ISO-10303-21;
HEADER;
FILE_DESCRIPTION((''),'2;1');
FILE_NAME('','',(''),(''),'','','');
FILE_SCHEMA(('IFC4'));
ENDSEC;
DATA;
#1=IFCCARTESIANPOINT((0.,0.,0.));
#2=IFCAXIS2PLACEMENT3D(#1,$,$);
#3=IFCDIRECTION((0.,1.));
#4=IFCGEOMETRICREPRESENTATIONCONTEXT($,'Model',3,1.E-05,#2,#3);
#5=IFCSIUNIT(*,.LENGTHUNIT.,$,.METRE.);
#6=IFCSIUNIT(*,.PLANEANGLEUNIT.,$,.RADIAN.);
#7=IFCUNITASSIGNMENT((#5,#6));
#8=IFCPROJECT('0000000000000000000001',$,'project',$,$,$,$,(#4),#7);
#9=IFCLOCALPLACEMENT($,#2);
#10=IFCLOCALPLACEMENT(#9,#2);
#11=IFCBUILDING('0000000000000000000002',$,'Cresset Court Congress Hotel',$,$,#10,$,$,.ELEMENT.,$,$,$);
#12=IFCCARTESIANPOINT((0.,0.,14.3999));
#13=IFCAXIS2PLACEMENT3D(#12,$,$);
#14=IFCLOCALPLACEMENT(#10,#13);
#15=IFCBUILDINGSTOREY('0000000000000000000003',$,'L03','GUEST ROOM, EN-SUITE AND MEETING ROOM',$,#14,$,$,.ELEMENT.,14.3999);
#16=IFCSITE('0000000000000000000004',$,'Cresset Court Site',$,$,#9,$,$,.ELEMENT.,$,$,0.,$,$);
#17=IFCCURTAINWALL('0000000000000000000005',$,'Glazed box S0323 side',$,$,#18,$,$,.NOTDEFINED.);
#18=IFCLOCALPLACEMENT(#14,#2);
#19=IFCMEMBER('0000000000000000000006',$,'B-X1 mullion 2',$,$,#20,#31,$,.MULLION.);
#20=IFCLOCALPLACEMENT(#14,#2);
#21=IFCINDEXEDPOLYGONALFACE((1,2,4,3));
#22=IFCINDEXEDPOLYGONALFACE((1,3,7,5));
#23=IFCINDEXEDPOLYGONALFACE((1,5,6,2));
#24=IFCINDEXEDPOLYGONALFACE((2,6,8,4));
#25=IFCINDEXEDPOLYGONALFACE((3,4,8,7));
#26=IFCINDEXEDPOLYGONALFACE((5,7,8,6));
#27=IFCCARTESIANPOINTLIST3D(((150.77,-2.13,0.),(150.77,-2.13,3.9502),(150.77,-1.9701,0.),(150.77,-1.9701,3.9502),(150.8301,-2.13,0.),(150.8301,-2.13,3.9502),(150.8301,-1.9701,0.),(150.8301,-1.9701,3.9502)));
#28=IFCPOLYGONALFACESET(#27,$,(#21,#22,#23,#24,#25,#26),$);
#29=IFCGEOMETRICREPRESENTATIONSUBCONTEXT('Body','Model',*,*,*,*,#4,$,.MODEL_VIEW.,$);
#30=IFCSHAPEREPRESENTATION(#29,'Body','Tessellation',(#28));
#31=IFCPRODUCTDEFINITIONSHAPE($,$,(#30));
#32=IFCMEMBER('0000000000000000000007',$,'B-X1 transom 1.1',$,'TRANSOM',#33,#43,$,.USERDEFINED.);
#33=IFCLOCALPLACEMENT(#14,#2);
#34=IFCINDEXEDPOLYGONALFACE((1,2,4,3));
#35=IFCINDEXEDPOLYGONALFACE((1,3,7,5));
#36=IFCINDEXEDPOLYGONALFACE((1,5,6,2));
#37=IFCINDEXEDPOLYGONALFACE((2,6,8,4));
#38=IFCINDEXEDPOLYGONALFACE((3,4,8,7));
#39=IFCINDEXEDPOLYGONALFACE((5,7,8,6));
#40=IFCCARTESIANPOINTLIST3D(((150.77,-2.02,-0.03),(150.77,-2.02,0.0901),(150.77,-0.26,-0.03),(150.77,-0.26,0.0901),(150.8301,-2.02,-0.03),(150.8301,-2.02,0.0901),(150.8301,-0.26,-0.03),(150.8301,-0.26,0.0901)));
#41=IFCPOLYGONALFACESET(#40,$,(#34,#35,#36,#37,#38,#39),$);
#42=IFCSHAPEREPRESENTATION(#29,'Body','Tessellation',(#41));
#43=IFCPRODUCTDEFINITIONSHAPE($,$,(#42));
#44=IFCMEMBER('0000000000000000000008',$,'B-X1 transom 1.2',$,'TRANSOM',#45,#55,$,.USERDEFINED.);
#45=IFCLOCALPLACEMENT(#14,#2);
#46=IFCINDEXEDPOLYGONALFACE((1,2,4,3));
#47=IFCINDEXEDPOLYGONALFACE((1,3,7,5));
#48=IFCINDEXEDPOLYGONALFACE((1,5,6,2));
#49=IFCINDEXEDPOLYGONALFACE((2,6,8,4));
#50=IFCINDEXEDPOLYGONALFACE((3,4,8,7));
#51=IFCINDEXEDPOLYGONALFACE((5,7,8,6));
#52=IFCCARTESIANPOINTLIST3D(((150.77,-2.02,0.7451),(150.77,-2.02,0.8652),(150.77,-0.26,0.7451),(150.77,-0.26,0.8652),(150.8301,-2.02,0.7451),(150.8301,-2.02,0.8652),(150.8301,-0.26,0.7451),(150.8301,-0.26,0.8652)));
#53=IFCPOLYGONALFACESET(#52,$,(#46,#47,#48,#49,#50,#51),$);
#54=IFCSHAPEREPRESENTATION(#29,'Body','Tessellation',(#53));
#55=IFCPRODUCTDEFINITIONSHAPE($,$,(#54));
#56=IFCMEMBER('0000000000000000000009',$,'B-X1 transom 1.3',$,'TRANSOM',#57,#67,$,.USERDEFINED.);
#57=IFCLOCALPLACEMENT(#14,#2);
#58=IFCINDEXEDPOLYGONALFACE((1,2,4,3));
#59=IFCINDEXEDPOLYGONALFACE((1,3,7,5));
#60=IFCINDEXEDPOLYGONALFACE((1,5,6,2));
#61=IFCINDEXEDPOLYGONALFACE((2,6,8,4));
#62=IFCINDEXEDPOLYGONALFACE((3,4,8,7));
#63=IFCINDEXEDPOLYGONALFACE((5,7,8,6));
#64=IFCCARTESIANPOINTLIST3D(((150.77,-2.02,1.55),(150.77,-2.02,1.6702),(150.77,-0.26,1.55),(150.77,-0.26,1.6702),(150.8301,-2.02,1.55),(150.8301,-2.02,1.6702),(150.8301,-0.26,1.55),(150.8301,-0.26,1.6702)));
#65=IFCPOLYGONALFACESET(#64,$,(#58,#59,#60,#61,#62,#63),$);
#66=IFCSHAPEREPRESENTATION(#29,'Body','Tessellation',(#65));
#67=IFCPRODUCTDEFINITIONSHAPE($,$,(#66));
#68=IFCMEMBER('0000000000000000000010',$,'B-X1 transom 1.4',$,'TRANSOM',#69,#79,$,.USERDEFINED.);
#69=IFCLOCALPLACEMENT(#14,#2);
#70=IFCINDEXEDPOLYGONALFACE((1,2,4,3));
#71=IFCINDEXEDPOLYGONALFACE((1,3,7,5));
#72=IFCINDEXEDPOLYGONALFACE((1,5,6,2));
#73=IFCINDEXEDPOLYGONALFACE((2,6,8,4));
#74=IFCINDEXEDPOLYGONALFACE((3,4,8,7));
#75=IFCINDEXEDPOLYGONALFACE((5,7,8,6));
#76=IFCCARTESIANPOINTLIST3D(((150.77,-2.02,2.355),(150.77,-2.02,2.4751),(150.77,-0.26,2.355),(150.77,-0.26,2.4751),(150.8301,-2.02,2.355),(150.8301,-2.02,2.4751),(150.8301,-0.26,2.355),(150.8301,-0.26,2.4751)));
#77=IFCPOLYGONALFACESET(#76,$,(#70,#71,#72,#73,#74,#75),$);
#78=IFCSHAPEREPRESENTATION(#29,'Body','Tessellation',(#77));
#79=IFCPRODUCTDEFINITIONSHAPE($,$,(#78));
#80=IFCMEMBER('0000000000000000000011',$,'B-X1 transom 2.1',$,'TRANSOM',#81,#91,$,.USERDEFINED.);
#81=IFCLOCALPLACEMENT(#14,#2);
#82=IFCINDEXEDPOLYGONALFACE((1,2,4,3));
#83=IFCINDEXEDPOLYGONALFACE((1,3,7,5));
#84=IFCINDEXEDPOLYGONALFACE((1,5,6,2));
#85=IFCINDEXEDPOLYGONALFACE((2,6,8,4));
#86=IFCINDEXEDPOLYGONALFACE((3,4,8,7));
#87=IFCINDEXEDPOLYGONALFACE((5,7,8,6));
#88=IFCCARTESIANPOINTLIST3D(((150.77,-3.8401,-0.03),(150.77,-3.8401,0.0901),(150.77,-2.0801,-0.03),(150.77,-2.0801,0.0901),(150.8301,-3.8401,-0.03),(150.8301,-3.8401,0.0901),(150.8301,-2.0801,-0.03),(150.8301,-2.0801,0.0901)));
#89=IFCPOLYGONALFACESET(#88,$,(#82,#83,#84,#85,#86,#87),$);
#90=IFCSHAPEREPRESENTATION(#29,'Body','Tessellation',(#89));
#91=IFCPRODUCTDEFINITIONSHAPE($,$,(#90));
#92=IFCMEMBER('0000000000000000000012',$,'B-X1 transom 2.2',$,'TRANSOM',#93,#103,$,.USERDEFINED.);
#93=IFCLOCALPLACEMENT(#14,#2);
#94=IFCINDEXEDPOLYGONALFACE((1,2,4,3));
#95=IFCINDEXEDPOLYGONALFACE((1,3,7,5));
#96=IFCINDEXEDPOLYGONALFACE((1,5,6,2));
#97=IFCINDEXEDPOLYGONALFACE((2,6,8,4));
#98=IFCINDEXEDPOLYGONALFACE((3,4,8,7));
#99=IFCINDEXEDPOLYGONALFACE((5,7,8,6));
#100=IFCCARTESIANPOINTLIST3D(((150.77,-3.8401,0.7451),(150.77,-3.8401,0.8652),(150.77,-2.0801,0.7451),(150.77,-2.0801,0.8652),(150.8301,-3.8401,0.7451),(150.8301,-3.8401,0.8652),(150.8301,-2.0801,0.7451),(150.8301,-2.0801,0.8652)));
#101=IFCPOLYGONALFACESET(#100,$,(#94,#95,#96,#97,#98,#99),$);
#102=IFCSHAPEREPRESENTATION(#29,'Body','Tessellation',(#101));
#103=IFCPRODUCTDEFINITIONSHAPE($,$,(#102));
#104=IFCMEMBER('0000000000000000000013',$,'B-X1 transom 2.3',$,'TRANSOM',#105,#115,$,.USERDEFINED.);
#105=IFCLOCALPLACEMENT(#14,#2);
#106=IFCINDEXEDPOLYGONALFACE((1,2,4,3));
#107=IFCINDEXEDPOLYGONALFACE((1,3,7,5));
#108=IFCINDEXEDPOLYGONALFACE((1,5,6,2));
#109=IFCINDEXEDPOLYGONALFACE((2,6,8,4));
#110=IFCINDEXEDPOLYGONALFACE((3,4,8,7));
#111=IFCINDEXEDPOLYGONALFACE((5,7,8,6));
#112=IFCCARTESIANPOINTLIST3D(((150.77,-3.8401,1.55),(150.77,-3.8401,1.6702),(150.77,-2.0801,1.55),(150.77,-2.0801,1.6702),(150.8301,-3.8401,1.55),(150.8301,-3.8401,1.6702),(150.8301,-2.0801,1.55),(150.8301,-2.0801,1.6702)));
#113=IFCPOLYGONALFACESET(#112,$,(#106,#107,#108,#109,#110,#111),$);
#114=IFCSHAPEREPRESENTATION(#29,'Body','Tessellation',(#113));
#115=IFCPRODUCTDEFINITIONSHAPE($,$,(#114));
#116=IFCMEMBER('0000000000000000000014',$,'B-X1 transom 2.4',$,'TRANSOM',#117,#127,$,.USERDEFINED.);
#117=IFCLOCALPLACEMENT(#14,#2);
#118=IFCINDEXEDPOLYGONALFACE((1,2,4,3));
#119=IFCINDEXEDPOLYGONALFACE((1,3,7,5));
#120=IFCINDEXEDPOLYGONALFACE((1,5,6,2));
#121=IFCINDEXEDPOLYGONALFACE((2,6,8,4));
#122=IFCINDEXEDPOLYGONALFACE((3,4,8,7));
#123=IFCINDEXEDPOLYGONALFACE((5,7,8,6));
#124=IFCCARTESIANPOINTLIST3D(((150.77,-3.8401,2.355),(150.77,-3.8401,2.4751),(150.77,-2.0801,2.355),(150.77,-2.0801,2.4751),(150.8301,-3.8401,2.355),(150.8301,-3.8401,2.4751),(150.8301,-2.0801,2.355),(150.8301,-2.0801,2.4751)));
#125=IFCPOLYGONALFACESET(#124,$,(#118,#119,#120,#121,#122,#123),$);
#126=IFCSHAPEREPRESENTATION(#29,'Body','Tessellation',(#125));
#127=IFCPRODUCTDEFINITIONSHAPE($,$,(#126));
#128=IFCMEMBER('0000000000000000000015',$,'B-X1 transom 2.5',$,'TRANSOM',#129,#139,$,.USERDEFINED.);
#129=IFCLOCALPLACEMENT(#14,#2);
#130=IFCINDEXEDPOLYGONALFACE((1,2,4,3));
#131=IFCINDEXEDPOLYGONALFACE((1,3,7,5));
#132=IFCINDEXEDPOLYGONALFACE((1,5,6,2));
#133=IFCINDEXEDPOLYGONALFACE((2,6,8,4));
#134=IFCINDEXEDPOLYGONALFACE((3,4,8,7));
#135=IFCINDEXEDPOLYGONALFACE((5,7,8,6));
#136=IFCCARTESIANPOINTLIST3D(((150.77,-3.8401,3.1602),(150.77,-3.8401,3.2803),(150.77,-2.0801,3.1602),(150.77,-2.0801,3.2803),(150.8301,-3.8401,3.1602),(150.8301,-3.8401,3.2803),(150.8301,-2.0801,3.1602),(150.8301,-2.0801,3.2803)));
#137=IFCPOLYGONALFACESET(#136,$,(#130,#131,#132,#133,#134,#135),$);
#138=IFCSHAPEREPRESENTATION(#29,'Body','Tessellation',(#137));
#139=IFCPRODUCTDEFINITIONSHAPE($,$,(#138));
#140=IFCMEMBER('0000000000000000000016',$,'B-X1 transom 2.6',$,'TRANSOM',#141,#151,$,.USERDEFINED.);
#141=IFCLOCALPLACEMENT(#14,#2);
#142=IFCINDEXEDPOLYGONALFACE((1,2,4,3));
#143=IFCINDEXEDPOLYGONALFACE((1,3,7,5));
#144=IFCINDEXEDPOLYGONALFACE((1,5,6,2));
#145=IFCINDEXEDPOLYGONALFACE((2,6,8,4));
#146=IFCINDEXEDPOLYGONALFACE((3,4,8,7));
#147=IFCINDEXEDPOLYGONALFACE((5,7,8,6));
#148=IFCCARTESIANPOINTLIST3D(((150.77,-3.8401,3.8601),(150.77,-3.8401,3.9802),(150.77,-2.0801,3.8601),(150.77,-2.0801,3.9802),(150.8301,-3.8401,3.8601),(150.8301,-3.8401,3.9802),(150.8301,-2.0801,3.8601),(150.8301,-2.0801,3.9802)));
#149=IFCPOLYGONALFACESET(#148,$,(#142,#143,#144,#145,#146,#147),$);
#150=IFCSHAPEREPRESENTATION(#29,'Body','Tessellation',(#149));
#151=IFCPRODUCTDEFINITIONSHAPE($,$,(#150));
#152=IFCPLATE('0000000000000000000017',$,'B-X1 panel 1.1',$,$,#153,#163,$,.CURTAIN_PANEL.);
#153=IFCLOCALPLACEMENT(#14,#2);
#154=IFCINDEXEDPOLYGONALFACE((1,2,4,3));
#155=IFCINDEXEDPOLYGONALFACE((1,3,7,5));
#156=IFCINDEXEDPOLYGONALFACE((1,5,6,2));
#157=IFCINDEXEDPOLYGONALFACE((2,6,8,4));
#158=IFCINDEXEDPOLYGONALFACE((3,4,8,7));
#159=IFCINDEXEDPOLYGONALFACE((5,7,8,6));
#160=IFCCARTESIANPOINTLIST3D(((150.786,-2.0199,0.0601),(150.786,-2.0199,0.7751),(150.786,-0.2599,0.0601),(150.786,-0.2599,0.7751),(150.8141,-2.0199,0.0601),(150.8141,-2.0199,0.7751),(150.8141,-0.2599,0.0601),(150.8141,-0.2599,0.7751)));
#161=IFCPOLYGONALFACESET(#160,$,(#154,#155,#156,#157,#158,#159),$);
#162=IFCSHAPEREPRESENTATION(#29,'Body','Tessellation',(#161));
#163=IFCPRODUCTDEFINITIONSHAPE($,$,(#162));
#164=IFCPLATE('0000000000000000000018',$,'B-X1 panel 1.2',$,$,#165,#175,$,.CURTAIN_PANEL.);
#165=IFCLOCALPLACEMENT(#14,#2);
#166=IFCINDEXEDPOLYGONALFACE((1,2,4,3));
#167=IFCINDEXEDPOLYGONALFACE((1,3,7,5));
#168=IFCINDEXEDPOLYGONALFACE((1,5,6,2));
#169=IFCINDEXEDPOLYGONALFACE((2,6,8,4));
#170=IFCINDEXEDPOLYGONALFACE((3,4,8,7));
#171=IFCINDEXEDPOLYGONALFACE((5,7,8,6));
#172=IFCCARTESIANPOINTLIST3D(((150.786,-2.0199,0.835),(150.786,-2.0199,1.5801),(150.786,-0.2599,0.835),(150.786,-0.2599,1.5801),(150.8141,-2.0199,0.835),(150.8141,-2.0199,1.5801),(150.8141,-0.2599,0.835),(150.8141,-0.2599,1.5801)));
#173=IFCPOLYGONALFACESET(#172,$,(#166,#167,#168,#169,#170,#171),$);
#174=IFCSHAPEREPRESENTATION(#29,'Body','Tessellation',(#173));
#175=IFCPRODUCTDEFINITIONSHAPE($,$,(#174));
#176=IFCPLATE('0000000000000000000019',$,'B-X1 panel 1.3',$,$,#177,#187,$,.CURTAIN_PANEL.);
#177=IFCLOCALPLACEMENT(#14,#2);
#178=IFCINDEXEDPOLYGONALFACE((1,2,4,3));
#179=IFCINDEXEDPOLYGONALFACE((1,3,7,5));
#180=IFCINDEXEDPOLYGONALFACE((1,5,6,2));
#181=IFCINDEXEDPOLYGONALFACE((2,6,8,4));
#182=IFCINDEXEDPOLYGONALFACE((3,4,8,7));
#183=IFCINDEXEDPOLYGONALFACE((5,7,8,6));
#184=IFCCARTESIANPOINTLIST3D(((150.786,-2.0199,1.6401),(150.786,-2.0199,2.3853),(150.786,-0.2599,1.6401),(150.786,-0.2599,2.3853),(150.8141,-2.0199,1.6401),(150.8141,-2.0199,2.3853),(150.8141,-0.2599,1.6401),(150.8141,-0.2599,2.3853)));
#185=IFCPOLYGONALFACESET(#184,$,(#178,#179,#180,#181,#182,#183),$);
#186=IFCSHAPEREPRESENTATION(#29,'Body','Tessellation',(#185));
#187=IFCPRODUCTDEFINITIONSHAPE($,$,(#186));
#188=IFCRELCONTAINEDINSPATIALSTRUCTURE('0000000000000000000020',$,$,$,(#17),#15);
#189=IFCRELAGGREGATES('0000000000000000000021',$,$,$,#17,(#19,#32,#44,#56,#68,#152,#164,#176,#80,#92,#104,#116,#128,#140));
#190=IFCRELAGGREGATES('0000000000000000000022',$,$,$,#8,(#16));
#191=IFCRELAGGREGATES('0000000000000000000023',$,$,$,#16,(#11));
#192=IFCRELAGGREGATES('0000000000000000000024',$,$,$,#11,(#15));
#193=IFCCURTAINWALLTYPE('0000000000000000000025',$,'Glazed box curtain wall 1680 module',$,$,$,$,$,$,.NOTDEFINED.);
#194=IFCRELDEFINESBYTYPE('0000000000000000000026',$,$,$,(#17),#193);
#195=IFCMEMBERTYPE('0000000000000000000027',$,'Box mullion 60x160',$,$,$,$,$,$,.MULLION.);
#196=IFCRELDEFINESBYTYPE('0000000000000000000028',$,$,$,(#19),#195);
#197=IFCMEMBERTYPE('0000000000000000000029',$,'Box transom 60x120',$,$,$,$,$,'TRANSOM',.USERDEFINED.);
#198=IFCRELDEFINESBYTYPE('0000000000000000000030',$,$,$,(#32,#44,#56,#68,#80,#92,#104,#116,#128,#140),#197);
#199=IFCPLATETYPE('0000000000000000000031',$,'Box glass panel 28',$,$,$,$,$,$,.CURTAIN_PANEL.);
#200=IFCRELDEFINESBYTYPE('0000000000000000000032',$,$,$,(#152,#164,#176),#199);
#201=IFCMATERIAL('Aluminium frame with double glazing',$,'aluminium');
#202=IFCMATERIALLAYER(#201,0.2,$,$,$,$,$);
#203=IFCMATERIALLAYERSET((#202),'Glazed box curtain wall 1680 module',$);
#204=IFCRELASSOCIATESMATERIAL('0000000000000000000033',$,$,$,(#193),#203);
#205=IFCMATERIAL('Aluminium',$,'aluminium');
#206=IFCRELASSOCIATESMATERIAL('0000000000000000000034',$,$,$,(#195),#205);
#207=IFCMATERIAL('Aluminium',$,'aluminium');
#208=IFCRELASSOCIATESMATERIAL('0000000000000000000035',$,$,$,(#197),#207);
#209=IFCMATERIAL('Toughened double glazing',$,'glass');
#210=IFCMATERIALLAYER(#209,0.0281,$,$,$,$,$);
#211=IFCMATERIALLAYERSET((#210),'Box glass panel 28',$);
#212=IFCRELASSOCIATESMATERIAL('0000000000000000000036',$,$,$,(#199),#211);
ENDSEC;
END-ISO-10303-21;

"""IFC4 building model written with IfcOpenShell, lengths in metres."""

from ifc_helpers import new_model, si_unit, direction, frame, origin, origin_2d, place, context, subcontext, project, spatial, rectangle, extrude, material, layer, layer_set, material_profile, profile_set, type_object, element, aggregate, save


model = new_model("IFC4")

# Units and contexts
model_context = context("Model", 3, precision=1e-05, world=origin(), true_north=direction((0.0, 1.0)))
body_context = subcontext(model_context, "Body", "Model", "MODEL_VIEW")
ifc_project = project(units=[si_unit("LENGTHUNIT", "METRE"), si_unit("PLANEANGLEUNIT", "RADIAN")], contexts=[model_context])

# Site, building, storey
site_placement = place(None, origin())
site = spatial("IfcSite", under=ifc_project, at=site_placement, Name="Cresset Court Site", CompositionType="ELEMENT", RefElevation=0.0)
building_placement = place(site_placement, origin())
building = spatial("IfcBuilding", under=site, at=building_placement, Name="Cresset Court Congress Hotel", CompositionType="ELEMENT")
storey_placement = place(building_placement, frame((0.0, 0.0, 14.3999)))
storey = spatial("IfcBuildingStorey", under=building, at=storey_placement, Name="L03", Description="GUEST ROOM, EN-SUITE AND MEETING ROOM", CompositionType="ELEMENT", Elevation=14.3999)

# Curtain wall, members, plates
ifc_material_1 = material(Name="Aluminium frame with double glazing", Category="aluminium")
ifc_layer_1 = layer(ifc_material_1, 0.2)
ifc_layer_set_1 = layer_set([ifc_layer_1], Name="Glazed box curtain wall 1680 module")
curtain_wall_type = type_object("IfcCurtainWallType", Name="Glazed box curtain wall 1680 module", PredefinedType="NOTDEFINED", material=ifc_layer_set_1)
curtain_wall_placement = place(storey_placement, origin())
curtain_wall = element("IfcCurtainWall", 1, at=curtain_wall_placement, inside=storey, type_object=curtain_wall_type, Name="Glazed box S0323 side", PredefinedType="NOTDEFINED")
ifc_material_2 = material(Name="Aluminium", Category="aluminium")
ifc_material_profile_1 = material_profile(ifc_material_2, rectangle(XDim=0.0601, YDim=0.1599, at=origin_2d()), Name="Box mullion 60x160")
ifc_profile_set_1 = profile_set([ifc_material_profile_1], Name="Aluminium")
member_type_1 = type_object("IfcMemberType", Name="Box mullion 60x160", PredefinedType="MULLION", material=ifc_profile_set_1)
member_1_placement = place(storey_placement, frame((150.8, -2.05, 0.0), z_axis=(0.0, 0.0, 1.0), x_axis=(1.0, 0.0, 0.0)))
member_1 = element("IfcMember", 2, at=member_1_placement, type_object=member_type_1, Name="B-X1 mullion 2", PredefinedType="MULLION", context=body_context, shape_type="SweptSolid", body=[
    extrude(rectangle(XDim=0.0601, YDim=0.1599, at=origin_2d()), origin(), (0.0, 0.0, 1.0), 3.9502),
])
ifc_material_3 = material(Name="Aluminium", Category="aluminium")
ifc_material_profile_2 = material_profile(ifc_material_3, rectangle(XDim=0.0601, YDim=0.1201, at=origin_2d()), Name="Box transom 60x120")
ifc_profile_set_2 = profile_set([ifc_material_profile_2], Name="Aluminium")
member_type_2 = type_object("IfcMemberType", Name="Box transom 60x120", ElementType="TRANSOM", PredefinedType="USERDEFINED", material=ifc_profile_set_2)
member_2_placement = place(storey_placement, frame((150.8, -0.26, 0.03), z_axis=(0.0, -1.0, 0.0), x_axis=(1.0, 0.0, 0.0)))
member_2 = element("IfcMember", 3, at=member_2_placement, type_object=member_type_2, Name="B-X1 transom 1.1", ObjectType="TRANSOM", PredefinedType="USERDEFINED", context=body_context, shape_type="SweptSolid", body=[
    extrude(rectangle(XDim=0.0601, YDim=0.1201, at=origin_2d()), origin(), (0.0, 0.0, 1.0), 1.76),
])
member_3_placement = place(storey_placement, frame((150.8, -0.26, 0.8052), z_axis=(0.0, -1.0, 0.0), x_axis=(1.0, 0.0, 0.0)))
member_3 = element("IfcMember", 4, at=member_3_placement, type_object=member_type_2, Name="B-X1 transom 1.2", ObjectType="TRANSOM", PredefinedType="USERDEFINED", context=body_context, shape_type="SweptSolid", body=[
    extrude(rectangle(XDim=0.0601, YDim=0.1201, at=origin_2d()), origin(), (0.0, 0.0, 1.0), 1.76),
])
member_4_placement = place(storey_placement, frame((150.8, -0.26, 1.6101), z_axis=(0.0, -1.0, 0.0), x_axis=(1.0, 0.0, 0.0)))
member_4 = element("IfcMember", 5, at=member_4_placement, type_object=member_type_2, Name="B-X1 transom 1.3", ObjectType="TRANSOM", PredefinedType="USERDEFINED", context=body_context, shape_type="SweptSolid", body=[
    extrude(rectangle(XDim=0.0601, YDim=0.1201, at=origin_2d()), origin(), (0.0, 0.0, 1.0), 1.76),
])
member_5_placement = place(storey_placement, frame((150.8, -0.26, 2.415), z_axis=(0.0, -1.0, 0.0), x_axis=(1.0, 0.0, 0.0)))
member_5 = element("IfcMember", 6, at=member_5_placement, type_object=member_type_2, Name="B-X1 transom 1.4", ObjectType="TRANSOM", PredefinedType="USERDEFINED", context=body_context, shape_type="SweptSolid", body=[
    extrude(rectangle(XDim=0.0601, YDim=0.1201, at=origin_2d()), origin(), (0.0, 0.0, 1.0), 1.76),
])
member_6_placement = place(storey_placement, frame((150.8, -2.0801, 0.03), z_axis=(0.0, -1.0, 0.0), x_axis=(1.0, 0.0, 0.0)))
member_6 = element("IfcMember", 7, at=member_6_placement, type_object=member_type_2, Name="B-X1 transom 2.1", ObjectType="TRANSOM", PredefinedType="USERDEFINED", context=body_context, shape_type="SweptSolid", body=[
    extrude(rectangle(XDim=0.0601, YDim=0.1201, at=origin_2d()), origin(), (0.0, 0.0, 1.0), 1.76),
])
member_7_placement = place(storey_placement, frame((150.8, -2.0801, 0.8052), z_axis=(0.0, -1.0, 0.0), x_axis=(1.0, 0.0, 0.0)))
member_7 = element("IfcMember", 8, at=member_7_placement, type_object=member_type_2, Name="B-X1 transom 2.2", ObjectType="TRANSOM", PredefinedType="USERDEFINED", context=body_context, shape_type="SweptSolid", body=[
    extrude(rectangle(XDim=0.0601, YDim=0.1201, at=origin_2d()), origin(), (0.0, 0.0, 1.0), 1.76),
])
member_8_placement = place(storey_placement, frame((150.8, -2.0801, 1.6101), z_axis=(0.0, -1.0, 0.0), x_axis=(1.0, 0.0, 0.0)))
member_8 = element("IfcMember", 9, at=member_8_placement, type_object=member_type_2, Name="B-X1 transom 2.3", ObjectType="TRANSOM", PredefinedType="USERDEFINED", context=body_context, shape_type="SweptSolid", body=[
    extrude(rectangle(XDim=0.0601, YDim=0.1201, at=origin_2d()), origin(), (0.0, 0.0, 1.0), 1.76),
])
member_9_placement = place(storey_placement, frame((150.8, -2.0801, 2.415), z_axis=(0.0, -1.0, 0.0), x_axis=(1.0, 0.0, 0.0)))
member_9 = element("IfcMember", 10, at=member_9_placement, type_object=member_type_2, Name="B-X1 transom 2.4", ObjectType="TRANSOM", PredefinedType="USERDEFINED", context=body_context, shape_type="SweptSolid", body=[
    extrude(rectangle(XDim=0.0601, YDim=0.1201, at=origin_2d()), origin(), (0.0, 0.0, 1.0), 1.76),
])
member_10_placement = place(storey_placement, frame((150.8, -2.0801, 3.2202), z_axis=(0.0, -1.0, 0.0), x_axis=(1.0, 0.0, 0.0)))
member_10 = element("IfcMember", 11, at=member_10_placement, type_object=member_type_2, Name="B-X1 transom 2.5", ObjectType="TRANSOM", PredefinedType="USERDEFINED", context=body_context, shape_type="SweptSolid", body=[
    extrude(rectangle(XDim=0.0601, YDim=0.1201, at=origin_2d()), origin(), (0.0, 0.0, 1.0), 1.76),
])
member_11_placement = place(storey_placement, frame((150.8, -2.0801, 3.9202), z_axis=(0.0, -1.0, 0.0), x_axis=(1.0, 0.0, 0.0)))
member_11 = element("IfcMember", 12, at=member_11_placement, type_object=member_type_2, Name="B-X1 transom 2.6", ObjectType="TRANSOM", PredefinedType="USERDEFINED", context=body_context, shape_type="SweptSolid", body=[
    extrude(rectangle(XDim=0.0601, YDim=0.1201, at=origin_2d()), origin(), (0.0, 0.0, 1.0), 1.76),
])
ifc_material_4 = material(Name="Toughened double glazing", Category="glass")
ifc_layer_2 = layer(ifc_material_4, 0.0281)
ifc_layer_set_2 = layer_set([ifc_layer_2], Name="Box glass panel 28")
plate_type_1 = type_object("IfcPlateType", Name="Box glass panel 28", PredefinedType="CURTAIN_PANEL", material=ifc_layer_set_2)
plate_1_placement = place(storey_placement, frame((150.8, -1.1399, 0.0601), z_axis=(0.0, 0.0, 1.0), x_axis=(0.0, -1.0, 0.0)))
plate_1 = element("IfcPlate", 13, at=plate_1_placement, type_object=plate_type_1, Name="B-X1 panel 1.1", PredefinedType="CURTAIN_PANEL", context=body_context, shape_type="SweptSolid", body=[
    extrude(rectangle(XDim=1.76, YDim=0.0281, at=origin_2d()), origin(), (0.0, 0.0, 1.0), 0.7151),
])
plate_2_placement = place(storey_placement, frame((150.8, -1.1399, 0.835), z_axis=(0.0, 0.0, 1.0), x_axis=(0.0, -1.0, 0.0)))
plate_2 = element("IfcPlate", 14, at=plate_2_placement, type_object=plate_type_1, Name="B-X1 panel 1.2", PredefinedType="CURTAIN_PANEL", context=body_context, shape_type="SweptSolid", body=[
    extrude(rectangle(XDim=1.76, YDim=0.0281, at=origin_2d()), origin(), (0.0, 0.0, 1.0), 0.7451),
])
plate_3_placement = place(storey_placement, frame((150.8, -1.1399, 1.6401), z_axis=(0.0, 0.0, 1.0), x_axis=(0.0, -1.0, 0.0)))
plate_3 = element("IfcPlate", 15, at=plate_3_placement, type_object=plate_type_1, Name="B-X1 panel 1.3", PredefinedType="CURTAIN_PANEL", context=body_context, shape_type="SweptSolid", body=[
    extrude(rectangle(XDim=1.76, YDim=0.0281, at=origin_2d()), origin(), (0.0, 0.0, 1.0), 0.7451),
])
aggregate(curtain_wall, [member_1, member_2, member_3, member_4, member_5, plate_1, plate_2, plate_3, member_6, member_7, member_8, member_9, member_10, member_11])

save(model, "model.ifc")
